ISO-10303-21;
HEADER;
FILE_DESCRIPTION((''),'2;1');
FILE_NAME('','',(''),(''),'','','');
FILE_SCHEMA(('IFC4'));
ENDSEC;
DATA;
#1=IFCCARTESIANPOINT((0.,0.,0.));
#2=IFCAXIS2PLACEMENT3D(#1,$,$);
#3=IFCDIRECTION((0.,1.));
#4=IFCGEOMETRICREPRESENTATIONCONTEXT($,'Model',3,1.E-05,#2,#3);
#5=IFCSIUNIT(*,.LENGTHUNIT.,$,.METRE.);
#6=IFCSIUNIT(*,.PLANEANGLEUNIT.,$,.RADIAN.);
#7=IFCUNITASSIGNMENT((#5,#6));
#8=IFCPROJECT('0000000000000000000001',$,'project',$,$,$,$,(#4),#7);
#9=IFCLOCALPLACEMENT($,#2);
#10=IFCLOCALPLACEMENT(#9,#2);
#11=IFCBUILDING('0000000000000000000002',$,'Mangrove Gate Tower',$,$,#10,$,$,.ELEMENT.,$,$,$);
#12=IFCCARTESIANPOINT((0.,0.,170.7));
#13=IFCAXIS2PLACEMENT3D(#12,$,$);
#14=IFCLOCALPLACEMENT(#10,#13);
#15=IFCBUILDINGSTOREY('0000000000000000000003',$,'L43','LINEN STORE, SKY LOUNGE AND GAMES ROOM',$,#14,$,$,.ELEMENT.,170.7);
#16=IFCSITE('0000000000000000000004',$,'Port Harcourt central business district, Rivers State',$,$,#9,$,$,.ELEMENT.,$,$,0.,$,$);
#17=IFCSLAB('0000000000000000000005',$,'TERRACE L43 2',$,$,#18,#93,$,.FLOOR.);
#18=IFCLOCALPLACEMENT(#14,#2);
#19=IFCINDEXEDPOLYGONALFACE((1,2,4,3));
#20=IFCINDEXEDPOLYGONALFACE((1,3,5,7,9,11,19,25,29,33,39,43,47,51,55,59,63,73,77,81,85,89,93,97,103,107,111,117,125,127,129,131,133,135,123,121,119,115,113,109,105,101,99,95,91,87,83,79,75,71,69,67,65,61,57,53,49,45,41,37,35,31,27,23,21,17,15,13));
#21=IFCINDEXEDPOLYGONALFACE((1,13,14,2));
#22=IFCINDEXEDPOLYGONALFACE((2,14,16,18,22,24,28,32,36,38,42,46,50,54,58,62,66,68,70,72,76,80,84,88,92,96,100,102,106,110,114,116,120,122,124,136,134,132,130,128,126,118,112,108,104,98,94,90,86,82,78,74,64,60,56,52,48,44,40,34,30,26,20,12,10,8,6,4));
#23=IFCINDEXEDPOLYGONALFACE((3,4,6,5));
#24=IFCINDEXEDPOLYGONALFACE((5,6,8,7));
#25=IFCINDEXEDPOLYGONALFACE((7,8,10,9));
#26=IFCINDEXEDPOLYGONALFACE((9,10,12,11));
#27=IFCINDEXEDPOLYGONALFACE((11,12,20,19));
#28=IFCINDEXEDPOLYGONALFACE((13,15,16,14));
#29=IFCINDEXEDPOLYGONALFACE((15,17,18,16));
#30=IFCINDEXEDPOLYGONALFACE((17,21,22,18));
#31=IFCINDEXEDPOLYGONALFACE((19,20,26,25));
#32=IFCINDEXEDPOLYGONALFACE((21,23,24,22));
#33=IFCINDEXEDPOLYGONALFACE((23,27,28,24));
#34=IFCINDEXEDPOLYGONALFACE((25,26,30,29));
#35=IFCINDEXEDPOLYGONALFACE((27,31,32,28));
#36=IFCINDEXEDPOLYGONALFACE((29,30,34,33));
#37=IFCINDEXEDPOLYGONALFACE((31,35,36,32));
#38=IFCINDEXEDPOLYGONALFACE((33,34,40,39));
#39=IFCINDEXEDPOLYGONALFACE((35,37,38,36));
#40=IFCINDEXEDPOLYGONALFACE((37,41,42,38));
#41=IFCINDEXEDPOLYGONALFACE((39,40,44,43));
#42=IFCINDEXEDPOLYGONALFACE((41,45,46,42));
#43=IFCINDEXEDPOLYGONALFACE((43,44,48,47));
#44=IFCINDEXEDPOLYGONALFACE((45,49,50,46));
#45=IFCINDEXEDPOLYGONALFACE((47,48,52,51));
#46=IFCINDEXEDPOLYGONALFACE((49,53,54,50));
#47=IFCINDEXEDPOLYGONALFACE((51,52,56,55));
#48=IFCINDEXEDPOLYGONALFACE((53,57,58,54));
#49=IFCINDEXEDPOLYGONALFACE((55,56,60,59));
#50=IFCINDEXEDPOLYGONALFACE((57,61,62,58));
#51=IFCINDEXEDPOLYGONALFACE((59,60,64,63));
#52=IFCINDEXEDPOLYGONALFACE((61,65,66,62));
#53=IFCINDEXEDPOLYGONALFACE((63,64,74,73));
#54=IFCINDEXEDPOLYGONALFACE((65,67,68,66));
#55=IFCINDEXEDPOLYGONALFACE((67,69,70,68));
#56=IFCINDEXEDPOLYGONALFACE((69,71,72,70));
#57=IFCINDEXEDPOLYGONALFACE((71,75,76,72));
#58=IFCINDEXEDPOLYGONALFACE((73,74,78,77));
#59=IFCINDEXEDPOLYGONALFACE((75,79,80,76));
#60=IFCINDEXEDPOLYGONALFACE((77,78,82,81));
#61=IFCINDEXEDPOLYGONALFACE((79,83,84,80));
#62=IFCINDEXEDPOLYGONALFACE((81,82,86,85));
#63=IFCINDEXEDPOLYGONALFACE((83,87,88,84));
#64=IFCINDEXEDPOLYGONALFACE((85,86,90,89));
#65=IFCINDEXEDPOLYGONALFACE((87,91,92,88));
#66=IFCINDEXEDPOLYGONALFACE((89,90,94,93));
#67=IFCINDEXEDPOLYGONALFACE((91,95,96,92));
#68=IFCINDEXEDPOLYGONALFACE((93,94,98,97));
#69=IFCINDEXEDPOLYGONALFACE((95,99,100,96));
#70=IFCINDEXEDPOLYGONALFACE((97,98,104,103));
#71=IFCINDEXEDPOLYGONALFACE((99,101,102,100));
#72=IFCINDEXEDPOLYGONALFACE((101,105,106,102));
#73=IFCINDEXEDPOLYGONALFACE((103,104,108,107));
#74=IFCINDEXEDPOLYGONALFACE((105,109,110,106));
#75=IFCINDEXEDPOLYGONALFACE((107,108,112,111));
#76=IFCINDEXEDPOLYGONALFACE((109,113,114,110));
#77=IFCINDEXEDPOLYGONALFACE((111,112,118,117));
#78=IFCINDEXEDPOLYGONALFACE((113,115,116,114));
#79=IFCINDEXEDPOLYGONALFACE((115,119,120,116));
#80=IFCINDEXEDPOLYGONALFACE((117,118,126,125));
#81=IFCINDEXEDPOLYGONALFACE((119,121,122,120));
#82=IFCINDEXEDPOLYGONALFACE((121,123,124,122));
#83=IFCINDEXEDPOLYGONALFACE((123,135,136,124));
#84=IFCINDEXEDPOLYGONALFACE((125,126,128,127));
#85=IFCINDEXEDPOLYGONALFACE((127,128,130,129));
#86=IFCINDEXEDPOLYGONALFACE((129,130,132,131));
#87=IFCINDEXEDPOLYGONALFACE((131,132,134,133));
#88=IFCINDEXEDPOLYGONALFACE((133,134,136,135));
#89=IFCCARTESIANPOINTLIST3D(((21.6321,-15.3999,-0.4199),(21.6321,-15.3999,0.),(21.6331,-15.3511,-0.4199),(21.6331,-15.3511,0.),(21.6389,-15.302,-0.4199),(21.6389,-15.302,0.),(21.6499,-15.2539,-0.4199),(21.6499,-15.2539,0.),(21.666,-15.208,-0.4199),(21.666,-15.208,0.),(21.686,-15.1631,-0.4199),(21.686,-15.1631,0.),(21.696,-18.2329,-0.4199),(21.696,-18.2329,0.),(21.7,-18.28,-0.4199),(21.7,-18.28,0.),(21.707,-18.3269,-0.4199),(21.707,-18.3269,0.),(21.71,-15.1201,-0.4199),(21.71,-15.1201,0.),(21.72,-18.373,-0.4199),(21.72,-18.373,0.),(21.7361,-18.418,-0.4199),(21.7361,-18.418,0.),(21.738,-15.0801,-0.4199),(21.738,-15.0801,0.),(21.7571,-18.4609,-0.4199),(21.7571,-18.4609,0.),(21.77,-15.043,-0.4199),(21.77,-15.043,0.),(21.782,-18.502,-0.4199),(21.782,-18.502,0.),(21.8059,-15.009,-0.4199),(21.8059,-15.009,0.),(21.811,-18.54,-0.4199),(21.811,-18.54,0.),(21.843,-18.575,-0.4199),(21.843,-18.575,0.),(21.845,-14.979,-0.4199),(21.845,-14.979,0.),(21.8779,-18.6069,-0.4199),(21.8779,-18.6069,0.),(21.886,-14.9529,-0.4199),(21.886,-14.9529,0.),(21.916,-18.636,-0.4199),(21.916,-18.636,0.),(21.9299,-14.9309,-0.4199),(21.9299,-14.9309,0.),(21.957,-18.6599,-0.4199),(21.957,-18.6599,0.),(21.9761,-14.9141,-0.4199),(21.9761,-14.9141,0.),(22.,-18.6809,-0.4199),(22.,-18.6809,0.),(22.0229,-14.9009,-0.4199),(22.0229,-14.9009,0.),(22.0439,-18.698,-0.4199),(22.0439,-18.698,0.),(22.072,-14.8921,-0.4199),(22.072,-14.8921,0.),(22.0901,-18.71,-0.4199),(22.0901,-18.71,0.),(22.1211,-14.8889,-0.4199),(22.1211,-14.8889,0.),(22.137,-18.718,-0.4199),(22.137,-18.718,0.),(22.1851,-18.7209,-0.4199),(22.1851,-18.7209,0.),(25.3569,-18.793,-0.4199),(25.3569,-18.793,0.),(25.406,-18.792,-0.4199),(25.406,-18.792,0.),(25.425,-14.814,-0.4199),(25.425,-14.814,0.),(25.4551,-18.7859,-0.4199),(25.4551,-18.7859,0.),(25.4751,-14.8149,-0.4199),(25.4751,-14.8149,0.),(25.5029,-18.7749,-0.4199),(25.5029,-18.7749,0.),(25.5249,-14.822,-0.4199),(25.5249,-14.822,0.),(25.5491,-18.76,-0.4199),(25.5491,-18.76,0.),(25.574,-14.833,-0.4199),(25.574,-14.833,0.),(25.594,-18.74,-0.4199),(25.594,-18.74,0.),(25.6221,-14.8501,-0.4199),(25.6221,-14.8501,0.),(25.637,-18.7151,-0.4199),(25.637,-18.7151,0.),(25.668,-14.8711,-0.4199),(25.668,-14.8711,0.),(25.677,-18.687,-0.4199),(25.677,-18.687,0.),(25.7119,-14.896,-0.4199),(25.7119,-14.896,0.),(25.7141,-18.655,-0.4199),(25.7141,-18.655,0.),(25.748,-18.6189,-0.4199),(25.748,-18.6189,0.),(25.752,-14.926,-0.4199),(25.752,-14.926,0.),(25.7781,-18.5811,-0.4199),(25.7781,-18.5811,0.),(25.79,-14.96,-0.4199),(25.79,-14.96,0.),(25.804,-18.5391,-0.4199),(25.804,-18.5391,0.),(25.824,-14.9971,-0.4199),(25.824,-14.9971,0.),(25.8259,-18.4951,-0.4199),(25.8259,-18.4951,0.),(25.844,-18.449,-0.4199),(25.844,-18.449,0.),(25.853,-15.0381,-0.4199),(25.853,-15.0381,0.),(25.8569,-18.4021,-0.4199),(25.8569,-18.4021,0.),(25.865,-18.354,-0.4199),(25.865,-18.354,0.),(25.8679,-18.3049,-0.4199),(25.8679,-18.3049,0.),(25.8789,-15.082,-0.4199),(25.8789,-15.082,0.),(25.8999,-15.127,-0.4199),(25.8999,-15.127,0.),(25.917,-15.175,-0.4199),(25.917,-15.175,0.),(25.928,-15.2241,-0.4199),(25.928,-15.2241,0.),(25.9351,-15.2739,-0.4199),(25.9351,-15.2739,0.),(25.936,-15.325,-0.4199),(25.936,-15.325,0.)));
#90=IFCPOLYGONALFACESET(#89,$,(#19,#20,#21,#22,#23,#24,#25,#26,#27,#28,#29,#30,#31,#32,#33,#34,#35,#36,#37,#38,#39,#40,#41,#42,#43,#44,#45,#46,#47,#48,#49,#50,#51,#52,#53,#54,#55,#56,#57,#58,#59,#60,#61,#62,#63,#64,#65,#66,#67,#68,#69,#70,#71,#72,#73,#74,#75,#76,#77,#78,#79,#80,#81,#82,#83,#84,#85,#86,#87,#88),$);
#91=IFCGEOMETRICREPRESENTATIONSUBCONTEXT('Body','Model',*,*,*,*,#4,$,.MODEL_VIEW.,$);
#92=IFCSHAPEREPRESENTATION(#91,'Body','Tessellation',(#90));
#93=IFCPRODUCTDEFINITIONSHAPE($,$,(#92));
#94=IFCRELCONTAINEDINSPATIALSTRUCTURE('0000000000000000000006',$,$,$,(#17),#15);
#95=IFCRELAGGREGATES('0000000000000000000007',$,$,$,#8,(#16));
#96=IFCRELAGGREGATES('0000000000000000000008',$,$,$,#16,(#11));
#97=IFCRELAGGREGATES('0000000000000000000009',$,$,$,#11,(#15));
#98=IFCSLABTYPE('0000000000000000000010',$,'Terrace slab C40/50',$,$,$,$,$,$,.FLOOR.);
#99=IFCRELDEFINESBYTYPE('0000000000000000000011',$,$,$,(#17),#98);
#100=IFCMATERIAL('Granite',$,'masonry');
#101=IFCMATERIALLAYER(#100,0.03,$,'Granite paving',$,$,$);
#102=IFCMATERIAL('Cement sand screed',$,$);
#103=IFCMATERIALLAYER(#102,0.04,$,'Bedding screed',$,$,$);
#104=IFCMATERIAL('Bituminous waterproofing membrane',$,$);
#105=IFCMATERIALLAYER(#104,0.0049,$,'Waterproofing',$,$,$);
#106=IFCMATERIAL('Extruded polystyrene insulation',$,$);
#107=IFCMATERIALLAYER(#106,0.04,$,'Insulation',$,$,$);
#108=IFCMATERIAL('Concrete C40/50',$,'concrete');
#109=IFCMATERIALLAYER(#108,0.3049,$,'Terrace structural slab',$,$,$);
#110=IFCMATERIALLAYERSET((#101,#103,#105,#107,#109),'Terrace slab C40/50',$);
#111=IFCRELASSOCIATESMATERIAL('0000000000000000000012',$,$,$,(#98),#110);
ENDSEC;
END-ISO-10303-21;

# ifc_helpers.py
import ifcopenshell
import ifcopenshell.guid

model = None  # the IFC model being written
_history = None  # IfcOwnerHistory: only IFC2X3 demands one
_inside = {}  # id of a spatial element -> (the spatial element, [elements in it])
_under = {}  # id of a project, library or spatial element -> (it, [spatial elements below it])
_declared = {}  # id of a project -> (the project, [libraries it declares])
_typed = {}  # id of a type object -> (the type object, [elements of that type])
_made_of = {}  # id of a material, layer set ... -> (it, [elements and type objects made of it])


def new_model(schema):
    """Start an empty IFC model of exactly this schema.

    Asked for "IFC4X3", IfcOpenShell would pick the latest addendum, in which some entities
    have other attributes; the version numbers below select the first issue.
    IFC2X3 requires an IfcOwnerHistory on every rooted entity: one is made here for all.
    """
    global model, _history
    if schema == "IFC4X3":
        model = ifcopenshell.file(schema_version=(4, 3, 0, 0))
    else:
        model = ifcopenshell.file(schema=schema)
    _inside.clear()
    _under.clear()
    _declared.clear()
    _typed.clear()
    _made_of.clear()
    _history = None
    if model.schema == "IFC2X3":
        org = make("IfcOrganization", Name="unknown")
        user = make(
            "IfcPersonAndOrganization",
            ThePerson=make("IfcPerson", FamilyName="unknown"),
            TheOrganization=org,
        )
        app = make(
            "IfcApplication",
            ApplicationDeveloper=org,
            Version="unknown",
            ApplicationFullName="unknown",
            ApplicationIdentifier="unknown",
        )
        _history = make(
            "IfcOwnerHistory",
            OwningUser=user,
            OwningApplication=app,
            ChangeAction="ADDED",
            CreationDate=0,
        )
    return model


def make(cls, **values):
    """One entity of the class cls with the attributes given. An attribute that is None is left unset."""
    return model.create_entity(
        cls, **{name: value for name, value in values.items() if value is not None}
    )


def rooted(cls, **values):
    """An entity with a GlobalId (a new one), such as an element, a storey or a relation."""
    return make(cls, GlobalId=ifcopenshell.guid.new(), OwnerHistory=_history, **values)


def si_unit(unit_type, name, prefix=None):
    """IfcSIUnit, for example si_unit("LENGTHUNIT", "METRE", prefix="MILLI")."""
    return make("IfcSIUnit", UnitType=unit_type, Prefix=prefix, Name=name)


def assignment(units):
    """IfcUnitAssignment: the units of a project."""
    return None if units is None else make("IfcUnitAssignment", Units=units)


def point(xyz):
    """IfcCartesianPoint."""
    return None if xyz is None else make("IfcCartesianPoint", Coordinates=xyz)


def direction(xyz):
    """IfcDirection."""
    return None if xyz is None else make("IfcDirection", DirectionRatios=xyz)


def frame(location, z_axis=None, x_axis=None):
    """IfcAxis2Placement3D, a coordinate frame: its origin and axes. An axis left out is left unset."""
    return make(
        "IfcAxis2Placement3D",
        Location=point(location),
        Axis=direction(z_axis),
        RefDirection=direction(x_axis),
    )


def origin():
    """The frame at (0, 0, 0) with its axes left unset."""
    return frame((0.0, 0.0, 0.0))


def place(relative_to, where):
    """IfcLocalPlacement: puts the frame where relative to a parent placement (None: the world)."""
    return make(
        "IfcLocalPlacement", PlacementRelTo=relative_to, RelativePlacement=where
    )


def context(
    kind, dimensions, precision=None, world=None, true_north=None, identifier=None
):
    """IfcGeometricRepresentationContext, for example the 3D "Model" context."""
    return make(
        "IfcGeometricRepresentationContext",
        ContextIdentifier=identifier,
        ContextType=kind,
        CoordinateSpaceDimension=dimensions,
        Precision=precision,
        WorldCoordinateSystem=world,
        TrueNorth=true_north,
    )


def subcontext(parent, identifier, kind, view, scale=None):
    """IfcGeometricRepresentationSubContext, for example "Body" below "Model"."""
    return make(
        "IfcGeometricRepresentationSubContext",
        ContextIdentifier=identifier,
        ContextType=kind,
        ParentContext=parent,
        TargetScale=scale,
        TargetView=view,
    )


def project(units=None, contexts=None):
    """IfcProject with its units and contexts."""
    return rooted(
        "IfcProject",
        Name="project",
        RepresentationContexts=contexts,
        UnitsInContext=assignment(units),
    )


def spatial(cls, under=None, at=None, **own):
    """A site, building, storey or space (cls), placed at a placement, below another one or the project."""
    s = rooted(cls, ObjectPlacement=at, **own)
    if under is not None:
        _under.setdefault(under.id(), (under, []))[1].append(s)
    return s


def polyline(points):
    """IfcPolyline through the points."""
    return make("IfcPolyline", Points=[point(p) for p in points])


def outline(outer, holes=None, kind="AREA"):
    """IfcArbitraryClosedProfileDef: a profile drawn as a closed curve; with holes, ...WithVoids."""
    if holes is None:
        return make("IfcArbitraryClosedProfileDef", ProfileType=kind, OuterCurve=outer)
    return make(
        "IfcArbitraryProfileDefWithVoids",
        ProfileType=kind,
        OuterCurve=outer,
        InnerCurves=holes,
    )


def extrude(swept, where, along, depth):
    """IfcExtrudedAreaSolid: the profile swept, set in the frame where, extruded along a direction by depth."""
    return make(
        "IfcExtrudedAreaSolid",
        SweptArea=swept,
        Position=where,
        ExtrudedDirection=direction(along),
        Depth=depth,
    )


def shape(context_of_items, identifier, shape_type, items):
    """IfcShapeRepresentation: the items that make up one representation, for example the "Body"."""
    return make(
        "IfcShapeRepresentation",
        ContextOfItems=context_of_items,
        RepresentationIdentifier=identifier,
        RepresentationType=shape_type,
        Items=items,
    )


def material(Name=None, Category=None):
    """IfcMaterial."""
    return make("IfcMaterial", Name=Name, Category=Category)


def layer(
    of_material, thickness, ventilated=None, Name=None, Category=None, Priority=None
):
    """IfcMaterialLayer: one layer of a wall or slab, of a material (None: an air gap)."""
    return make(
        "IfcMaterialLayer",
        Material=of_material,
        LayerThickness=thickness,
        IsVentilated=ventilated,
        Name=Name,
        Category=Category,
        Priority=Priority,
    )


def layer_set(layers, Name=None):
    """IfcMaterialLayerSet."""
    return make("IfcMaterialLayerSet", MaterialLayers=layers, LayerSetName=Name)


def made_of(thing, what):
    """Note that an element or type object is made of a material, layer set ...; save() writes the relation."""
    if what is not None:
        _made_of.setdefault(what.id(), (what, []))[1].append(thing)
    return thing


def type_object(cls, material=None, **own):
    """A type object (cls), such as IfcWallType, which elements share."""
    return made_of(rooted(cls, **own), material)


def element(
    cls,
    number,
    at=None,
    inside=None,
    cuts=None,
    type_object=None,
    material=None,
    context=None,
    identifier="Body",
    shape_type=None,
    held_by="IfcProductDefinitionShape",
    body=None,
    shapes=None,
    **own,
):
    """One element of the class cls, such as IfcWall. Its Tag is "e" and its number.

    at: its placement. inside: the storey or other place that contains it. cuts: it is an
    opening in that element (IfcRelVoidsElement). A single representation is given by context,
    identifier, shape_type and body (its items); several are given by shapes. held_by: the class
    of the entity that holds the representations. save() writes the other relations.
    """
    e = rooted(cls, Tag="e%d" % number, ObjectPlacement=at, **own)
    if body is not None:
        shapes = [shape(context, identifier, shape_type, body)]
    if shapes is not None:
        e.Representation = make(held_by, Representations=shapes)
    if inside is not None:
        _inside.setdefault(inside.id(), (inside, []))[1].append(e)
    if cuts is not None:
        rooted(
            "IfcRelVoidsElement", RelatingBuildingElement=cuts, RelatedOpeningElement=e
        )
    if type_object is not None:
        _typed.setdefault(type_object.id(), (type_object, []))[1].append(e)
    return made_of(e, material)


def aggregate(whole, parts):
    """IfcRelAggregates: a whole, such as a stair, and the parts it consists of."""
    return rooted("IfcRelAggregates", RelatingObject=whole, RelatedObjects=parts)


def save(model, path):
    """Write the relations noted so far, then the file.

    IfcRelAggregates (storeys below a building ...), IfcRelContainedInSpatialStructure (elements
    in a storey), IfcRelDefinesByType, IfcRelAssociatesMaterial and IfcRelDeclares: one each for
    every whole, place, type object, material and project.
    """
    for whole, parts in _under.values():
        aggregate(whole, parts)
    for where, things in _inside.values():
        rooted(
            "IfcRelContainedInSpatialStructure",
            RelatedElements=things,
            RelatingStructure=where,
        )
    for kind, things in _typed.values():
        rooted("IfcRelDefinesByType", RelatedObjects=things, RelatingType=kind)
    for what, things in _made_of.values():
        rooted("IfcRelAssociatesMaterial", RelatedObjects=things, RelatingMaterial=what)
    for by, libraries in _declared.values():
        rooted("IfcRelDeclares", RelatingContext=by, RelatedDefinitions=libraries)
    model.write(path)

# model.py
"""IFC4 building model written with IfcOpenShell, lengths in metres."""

from ifc_helpers import new_model, si_unit, direction, frame, origin, place, context, subcontext, project, spatial, polyline, outline, extrude, material, layer, layer_set, type_object, element, save


model = new_model("IFC4")

# Units and contexts
model_context = context("Model", 3, precision=1e-05, world=origin(), true_north=direction((0.0, 1.0)))
body_context = subcontext(model_context, "Body", "Model", "MODEL_VIEW")
ifc_project = project(units=[si_unit("LENGTHUNIT", "METRE"), si_unit("PLANEANGLEUNIT", "RADIAN")], contexts=[model_context])

# Site, building, storey
site_placement = place(None, origin())
site = spatial("IfcSite", under=ifc_project, at=site_placement, Name="Port Harcourt central business district, Rivers State", CompositionType="ELEMENT", RefElevation=0.0)
building_placement = place(site_placement, origin())
building = spatial("IfcBuilding", under=site, at=building_placement, Name="Mangrove Gate Tower", CompositionType="ELEMENT")
storey_placement = place(building_placement, frame((0.0, 0.0, 170.7)))
storey = spatial("IfcBuildingStorey", under=building, at=storey_placement, Name="L43", Description="LINEN STORE, SKY LOUNGE AND GAMES ROOM", CompositionType="ELEMENT", Elevation=170.7)

# Shared definitions
ifc_material_1 = material(Name="Cement sand screed")
ifc_material_2 = material(Name="Bituminous waterproofing membrane")
ifc_material_3 = material(Name="Concrete C40/50", Category="concrete")

# Slab
ifc_material_4 = material(Name="Granite", Category="masonry")
ifc_layer_1 = layer(ifc_material_4, 0.03, Name="Granite paving")
ifc_layer_2 = layer(ifc_material_1, 0.04, Name="Bedding screed")
ifc_layer_3 = layer(ifc_material_2, 0.0049, Name="Waterproofing")
ifc_material_5 = material(Name="Extruded polystyrene insulation")
ifc_layer_4 = layer(ifc_material_5, 0.04, Name="Insulation")
ifc_layer_5 = layer(ifc_material_3, 0.3049, Name="Terrace structural slab")
ifc_layer_set_1 = layer_set([ifc_layer_1, ifc_layer_2, ifc_layer_3, ifc_layer_4, ifc_layer_5], Name="Terrace slab C40/50")
slab_type_1 = type_object("IfcSlabType", Name="Terrace slab C40/50", PredefinedType="FLOOR", material=ifc_layer_set_1)
slab_1_placement = place(storey_placement, frame((0.0, 0.0, -0.4199)))
element("IfcSlab", 1, at=slab_1_placement, inside=storey, type_object=slab_type_1, Name="TERRACE L43 2", PredefinedType="FLOOR", context=body_context, shape_type="SweptSolid", body=[
    extrude(outline(polyline([(25.8679, -18.3049), (25.936, -15.325), (25.9351, -15.2739), (25.928, -15.2241), (25.917, -15.175), (25.8999, -15.127), (25.8789, -15.082), (25.853, -15.0381), (25.824, -14.9971), (25.79, -14.96), (25.752, -14.926), (25.7119, -14.896), (25.668, -14.8711), (25.6221, -14.8501), (25.574, -14.833), (25.5249, -14.822), (25.4751, -14.8149), (25.425, -14.814), (22.1211, -14.8889), (22.072, -14.8921), (22.0229, -14.9009), (21.9761, -14.9141), (21.9299, -14.9309), (21.886, -14.9529), (21.845, -14.979), (21.8059, -15.009), (21.77, -15.043), (21.738, -15.0801), (21.71, -15.1201), (21.686, -15.1631), (21.666, -15.208), (21.6499, -15.2539), (21.6389, -15.302), (21.6331, -15.3511), (21.6321, -15.3999), (21.696, -18.2329), (21.7, -18.28), (21.707, -18.3269), (21.72, -18.373), (21.7361, -18.418), (21.7571, -18.4609), (21.782, -18.502), (21.811, -18.54), (21.843, -18.575), (21.8779, -18.6069), (21.916, -18.636), (21.957, -18.6599), (22.0, -18.6809), (22.0439, -18.698), (22.0901, -18.71), (22.137, -18.718), (22.1851, -18.7209), (25.3569, -18.793), (25.406, -18.792), (25.4551, -18.7859), (25.5029, -18.7749), (25.5491, -18.76), (25.594, -18.74), (25.637, -18.7151), (25.677, -18.687), (25.7141, -18.655), (25.748, -18.6189), (25.7781, -18.5811), (25.804, -18.5391), (25.8259, -18.4951), (25.844, -18.449), (25.8569, -18.4021), (25.865, -18.354), (25.8679, -18.3049)])), origin(), (0.0, 0.0, 1.0), 0.4199),
])

save(model, "model.ifc")
